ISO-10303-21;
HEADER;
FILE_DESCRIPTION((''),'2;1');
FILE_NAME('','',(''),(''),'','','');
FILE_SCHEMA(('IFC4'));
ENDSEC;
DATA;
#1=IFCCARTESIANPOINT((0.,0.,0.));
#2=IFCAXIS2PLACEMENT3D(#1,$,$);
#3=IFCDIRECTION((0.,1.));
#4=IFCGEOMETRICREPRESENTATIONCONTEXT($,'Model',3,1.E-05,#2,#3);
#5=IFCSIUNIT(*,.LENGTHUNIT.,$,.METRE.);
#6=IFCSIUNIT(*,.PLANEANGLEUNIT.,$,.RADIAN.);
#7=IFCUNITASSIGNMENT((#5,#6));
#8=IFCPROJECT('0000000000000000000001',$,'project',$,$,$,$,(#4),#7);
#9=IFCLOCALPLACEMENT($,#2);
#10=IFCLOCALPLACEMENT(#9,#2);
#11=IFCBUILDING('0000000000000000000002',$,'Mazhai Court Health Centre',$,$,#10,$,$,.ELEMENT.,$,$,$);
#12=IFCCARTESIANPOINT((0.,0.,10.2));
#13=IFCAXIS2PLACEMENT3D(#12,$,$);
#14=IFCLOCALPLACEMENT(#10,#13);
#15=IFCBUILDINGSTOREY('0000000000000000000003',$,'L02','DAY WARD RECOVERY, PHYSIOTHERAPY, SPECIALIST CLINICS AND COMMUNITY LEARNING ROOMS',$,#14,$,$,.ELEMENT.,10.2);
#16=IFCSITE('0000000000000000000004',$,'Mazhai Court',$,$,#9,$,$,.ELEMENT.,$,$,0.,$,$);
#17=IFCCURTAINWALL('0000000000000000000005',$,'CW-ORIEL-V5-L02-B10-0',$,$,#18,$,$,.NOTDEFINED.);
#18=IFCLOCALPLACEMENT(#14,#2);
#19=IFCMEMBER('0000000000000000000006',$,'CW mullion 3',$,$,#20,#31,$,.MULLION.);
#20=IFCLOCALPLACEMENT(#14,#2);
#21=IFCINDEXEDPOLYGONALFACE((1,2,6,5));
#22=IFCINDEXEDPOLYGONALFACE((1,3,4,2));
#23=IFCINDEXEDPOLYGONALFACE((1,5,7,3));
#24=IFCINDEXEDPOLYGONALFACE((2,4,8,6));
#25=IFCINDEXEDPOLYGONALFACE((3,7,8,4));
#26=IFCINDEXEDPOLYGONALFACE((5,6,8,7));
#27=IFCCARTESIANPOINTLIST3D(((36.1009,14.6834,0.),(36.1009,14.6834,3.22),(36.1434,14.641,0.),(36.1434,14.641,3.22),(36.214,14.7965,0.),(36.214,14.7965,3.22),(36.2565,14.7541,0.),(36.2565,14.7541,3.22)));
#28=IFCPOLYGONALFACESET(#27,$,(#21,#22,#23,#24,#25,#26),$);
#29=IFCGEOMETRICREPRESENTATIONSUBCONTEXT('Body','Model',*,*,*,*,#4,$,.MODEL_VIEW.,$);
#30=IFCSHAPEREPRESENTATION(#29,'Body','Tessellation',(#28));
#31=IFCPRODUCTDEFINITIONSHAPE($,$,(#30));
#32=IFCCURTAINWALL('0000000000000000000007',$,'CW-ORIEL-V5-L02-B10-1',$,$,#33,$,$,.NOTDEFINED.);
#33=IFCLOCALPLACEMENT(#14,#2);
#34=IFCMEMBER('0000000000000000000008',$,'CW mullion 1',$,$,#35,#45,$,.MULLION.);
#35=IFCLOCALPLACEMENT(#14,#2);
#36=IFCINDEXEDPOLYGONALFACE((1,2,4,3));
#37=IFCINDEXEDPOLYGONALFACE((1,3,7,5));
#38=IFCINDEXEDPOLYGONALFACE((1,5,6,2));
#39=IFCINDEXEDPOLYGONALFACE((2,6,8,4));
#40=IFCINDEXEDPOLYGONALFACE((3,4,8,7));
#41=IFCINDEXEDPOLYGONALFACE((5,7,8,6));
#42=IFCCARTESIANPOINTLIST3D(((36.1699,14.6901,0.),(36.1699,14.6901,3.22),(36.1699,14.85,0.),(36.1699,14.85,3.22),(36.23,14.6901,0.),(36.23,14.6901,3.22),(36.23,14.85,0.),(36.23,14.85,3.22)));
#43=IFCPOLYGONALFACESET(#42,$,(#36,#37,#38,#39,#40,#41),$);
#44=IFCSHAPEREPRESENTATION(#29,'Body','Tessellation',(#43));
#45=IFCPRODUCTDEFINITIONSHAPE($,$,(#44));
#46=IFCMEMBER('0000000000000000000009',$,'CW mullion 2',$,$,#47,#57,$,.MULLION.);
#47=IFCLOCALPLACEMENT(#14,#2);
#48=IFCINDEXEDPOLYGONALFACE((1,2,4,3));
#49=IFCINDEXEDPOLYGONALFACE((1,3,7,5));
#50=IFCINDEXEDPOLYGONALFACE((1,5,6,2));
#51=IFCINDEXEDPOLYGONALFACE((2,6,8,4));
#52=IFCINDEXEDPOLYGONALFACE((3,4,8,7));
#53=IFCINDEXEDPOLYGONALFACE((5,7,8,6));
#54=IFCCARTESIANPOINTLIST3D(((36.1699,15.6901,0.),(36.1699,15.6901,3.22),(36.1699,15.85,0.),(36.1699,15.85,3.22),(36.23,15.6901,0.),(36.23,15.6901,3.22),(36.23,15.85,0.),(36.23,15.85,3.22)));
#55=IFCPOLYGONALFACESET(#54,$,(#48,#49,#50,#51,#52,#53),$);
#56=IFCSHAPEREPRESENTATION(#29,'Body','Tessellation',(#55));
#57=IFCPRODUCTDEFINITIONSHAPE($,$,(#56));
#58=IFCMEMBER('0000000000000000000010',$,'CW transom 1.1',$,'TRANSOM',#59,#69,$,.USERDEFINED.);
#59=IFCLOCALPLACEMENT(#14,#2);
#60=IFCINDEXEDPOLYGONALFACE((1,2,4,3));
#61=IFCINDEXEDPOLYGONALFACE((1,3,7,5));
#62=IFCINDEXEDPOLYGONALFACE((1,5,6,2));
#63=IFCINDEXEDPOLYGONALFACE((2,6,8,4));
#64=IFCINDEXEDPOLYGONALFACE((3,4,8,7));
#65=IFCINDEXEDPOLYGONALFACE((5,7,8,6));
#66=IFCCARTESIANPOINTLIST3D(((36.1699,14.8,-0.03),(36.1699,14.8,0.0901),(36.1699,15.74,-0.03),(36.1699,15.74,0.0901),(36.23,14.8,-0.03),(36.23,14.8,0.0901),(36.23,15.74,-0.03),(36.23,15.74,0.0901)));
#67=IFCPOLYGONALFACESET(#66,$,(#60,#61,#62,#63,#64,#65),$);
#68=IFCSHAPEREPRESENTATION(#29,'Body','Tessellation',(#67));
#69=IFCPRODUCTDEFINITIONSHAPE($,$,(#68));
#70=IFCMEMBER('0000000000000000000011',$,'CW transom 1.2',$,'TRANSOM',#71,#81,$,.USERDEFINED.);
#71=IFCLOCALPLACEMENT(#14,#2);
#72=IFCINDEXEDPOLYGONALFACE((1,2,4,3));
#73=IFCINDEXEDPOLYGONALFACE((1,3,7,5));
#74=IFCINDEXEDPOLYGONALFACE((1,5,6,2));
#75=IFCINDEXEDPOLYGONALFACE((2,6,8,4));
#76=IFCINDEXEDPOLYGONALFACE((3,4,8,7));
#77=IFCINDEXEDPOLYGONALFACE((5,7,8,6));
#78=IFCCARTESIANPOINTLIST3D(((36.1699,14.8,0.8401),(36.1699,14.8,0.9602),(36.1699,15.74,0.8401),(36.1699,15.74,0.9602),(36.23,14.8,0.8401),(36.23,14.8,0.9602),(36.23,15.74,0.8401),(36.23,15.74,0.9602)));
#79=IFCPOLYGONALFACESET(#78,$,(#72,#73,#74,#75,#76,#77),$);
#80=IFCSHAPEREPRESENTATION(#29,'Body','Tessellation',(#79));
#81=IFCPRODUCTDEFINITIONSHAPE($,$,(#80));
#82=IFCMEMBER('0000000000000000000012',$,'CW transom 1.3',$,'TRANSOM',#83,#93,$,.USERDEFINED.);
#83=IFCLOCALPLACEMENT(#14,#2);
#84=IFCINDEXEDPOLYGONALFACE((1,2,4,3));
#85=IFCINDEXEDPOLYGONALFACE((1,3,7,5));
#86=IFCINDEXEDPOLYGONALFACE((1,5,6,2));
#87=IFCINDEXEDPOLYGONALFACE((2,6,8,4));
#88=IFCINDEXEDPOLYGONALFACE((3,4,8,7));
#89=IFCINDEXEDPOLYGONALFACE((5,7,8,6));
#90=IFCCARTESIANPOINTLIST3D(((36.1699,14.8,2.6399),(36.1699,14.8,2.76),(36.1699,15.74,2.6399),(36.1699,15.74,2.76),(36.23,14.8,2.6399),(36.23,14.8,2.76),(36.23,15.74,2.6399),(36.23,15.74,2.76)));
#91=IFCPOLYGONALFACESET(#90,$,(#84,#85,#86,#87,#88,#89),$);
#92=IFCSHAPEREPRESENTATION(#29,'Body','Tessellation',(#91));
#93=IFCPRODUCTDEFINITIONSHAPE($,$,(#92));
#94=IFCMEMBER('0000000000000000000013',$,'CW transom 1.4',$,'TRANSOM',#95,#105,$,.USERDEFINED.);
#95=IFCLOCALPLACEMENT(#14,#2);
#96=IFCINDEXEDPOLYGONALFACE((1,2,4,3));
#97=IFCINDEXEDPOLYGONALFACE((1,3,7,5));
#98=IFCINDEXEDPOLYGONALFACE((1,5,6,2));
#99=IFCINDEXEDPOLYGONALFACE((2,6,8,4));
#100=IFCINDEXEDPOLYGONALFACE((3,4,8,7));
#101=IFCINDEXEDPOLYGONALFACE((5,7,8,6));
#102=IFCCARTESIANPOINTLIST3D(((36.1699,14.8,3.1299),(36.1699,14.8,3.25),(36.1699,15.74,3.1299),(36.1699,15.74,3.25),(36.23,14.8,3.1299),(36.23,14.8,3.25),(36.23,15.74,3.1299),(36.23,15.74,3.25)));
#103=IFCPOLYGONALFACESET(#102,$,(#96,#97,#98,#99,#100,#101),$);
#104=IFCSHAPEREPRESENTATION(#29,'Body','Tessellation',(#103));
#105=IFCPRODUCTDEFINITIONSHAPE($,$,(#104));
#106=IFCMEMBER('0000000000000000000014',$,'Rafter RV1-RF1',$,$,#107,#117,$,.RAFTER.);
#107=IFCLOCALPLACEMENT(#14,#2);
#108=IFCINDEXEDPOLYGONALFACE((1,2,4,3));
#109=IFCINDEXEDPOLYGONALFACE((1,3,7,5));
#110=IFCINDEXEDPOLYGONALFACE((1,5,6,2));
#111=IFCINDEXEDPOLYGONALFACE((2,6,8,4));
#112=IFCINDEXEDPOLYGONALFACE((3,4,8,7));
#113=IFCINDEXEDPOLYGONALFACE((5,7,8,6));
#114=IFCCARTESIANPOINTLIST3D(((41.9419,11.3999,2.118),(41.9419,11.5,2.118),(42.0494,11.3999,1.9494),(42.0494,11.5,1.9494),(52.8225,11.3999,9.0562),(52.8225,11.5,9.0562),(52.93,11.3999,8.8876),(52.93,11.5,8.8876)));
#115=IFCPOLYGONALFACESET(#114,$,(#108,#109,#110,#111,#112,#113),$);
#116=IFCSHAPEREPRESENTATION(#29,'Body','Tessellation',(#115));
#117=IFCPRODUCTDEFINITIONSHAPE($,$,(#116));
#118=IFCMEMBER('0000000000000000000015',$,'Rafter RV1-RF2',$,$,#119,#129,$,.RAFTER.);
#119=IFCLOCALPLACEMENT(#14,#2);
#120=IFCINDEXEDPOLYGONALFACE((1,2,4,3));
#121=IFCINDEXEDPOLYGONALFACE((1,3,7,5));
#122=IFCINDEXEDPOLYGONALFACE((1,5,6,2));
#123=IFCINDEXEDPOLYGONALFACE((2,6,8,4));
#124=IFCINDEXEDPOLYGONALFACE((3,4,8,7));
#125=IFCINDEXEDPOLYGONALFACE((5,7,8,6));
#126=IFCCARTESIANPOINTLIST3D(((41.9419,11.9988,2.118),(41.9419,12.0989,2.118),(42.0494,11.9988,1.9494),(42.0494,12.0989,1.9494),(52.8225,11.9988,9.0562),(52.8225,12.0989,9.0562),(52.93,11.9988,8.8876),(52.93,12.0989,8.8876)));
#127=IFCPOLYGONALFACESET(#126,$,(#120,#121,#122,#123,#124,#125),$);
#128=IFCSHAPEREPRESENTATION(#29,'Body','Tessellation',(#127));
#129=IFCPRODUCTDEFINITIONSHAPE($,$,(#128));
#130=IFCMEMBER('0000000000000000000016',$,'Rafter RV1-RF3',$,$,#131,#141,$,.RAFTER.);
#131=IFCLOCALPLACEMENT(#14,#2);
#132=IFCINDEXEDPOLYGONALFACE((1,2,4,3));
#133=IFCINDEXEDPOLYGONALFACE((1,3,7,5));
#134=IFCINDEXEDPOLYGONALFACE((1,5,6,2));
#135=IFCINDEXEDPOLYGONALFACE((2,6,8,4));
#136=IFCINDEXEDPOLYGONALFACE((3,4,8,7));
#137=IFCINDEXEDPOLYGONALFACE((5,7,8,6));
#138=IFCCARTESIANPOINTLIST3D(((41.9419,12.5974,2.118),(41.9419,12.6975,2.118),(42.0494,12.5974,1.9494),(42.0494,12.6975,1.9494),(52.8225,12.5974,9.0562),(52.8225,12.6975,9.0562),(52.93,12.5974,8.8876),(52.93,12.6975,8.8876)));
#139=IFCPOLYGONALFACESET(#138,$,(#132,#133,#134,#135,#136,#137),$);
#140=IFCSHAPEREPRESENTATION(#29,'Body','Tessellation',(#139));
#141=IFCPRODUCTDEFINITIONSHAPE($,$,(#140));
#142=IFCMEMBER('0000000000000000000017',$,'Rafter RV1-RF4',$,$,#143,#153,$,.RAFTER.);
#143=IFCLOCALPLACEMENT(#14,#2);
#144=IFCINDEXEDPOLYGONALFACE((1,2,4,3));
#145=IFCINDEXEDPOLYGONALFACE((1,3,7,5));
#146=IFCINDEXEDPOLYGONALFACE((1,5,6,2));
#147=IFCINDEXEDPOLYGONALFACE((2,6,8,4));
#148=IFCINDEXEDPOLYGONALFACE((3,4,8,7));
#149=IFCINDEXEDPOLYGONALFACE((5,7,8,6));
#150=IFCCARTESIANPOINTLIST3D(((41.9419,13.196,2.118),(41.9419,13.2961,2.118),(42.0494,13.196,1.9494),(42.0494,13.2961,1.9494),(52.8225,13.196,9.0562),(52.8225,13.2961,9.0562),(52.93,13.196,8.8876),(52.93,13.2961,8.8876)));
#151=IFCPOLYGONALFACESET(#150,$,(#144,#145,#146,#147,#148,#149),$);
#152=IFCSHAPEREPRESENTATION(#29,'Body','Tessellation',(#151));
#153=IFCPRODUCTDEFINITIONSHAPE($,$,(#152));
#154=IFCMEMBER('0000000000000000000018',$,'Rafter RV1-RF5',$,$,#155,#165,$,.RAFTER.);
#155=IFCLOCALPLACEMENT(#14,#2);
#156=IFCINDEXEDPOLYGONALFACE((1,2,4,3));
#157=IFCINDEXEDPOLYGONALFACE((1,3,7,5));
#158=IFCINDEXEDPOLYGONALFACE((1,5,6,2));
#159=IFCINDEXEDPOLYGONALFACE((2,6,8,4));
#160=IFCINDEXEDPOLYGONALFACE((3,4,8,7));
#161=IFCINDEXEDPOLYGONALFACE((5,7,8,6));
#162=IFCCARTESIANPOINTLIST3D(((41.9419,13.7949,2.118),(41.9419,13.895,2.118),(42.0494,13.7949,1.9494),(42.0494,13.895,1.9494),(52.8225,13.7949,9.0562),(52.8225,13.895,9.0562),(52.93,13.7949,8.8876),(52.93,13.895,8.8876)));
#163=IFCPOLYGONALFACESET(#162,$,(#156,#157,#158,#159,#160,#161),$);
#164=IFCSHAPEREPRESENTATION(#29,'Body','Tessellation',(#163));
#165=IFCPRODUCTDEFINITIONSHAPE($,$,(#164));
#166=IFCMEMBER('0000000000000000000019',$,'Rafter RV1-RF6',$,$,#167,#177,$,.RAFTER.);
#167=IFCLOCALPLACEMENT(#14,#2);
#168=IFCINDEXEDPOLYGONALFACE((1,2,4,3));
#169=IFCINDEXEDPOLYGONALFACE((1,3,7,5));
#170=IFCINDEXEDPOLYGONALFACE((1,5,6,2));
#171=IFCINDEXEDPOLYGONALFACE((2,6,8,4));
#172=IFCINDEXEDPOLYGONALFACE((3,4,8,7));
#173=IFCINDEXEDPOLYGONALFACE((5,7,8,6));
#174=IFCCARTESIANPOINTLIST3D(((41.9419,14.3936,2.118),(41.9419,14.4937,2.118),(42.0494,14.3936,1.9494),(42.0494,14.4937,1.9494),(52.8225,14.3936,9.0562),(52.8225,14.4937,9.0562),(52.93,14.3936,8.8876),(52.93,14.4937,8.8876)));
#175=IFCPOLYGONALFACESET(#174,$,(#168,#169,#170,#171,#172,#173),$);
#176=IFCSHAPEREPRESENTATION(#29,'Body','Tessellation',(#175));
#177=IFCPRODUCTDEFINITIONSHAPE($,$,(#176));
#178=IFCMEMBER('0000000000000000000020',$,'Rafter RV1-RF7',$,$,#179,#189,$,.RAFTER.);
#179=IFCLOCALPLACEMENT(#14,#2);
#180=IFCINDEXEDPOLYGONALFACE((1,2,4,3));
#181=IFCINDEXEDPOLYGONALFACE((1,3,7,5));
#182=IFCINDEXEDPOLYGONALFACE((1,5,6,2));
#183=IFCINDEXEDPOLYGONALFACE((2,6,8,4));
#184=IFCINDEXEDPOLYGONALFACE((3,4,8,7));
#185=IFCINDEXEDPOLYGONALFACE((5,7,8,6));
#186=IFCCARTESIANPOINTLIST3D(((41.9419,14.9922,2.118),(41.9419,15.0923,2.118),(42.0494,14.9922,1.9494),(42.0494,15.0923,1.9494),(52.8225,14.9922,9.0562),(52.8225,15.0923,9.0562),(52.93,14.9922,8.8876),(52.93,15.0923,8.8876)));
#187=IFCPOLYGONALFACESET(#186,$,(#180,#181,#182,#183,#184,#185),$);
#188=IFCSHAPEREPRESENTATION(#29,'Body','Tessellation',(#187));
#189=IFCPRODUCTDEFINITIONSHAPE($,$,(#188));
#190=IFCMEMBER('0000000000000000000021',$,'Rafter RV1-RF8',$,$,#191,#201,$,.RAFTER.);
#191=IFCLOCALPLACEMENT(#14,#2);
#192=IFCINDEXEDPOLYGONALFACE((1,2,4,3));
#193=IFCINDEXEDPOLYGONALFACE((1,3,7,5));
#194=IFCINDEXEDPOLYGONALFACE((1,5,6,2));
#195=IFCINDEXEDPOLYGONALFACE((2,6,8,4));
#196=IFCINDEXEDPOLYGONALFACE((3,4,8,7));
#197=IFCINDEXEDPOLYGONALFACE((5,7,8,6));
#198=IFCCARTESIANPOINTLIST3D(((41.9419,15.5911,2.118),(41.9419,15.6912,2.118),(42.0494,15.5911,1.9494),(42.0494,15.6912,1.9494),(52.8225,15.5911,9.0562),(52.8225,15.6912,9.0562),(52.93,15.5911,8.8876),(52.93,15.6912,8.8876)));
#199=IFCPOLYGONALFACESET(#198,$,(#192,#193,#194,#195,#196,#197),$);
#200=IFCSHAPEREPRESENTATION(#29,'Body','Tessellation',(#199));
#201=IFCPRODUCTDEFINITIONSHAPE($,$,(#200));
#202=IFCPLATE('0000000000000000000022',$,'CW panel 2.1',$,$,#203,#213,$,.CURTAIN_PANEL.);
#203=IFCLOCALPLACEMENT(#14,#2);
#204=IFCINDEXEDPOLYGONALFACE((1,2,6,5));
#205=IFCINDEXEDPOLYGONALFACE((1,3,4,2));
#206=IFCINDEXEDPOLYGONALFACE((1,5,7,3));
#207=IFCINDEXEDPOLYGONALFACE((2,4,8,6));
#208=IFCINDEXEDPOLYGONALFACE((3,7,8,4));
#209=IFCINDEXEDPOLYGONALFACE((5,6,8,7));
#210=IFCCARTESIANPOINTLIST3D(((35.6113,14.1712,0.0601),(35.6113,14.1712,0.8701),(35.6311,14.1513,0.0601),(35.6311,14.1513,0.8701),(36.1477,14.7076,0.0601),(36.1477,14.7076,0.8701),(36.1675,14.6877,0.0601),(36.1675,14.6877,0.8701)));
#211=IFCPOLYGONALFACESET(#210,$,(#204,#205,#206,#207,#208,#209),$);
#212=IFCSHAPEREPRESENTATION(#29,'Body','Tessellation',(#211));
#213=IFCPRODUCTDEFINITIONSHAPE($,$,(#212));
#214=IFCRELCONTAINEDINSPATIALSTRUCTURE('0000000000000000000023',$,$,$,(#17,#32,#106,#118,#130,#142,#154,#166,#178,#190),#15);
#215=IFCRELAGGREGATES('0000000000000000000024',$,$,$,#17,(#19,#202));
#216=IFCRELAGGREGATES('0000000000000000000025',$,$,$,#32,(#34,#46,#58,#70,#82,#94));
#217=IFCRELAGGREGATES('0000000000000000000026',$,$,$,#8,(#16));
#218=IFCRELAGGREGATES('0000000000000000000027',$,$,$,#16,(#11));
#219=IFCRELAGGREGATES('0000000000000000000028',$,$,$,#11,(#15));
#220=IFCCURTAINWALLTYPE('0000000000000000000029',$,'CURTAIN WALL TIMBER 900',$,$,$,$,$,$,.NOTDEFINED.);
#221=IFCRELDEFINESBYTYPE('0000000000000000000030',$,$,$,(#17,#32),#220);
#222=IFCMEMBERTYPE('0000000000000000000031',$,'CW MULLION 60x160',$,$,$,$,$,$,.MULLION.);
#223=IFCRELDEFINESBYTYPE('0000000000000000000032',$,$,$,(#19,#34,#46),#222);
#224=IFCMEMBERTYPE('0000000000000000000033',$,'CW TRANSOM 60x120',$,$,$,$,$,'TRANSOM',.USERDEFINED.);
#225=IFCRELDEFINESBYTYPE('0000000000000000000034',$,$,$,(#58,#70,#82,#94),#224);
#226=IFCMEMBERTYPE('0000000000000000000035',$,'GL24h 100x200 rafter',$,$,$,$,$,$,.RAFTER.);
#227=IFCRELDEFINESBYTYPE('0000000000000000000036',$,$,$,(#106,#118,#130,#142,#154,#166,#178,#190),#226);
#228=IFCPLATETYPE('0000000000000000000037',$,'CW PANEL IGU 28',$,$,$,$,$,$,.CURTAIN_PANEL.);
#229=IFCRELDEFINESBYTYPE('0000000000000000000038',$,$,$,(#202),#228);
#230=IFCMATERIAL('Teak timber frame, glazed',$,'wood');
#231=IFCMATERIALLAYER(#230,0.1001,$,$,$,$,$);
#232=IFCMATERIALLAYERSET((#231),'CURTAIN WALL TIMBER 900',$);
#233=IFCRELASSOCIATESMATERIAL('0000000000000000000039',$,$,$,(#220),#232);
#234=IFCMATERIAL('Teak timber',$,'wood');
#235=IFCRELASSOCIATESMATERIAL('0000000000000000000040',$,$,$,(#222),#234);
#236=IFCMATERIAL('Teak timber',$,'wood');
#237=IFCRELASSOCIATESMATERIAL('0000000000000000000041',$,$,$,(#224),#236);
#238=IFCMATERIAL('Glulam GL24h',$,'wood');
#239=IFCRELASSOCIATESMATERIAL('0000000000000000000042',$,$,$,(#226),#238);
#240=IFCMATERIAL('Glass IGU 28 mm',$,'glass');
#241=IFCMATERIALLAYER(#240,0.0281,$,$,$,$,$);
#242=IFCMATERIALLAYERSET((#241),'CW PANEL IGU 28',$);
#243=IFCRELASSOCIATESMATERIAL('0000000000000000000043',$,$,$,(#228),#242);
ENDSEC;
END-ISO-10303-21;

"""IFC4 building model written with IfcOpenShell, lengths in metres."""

from ifc_helpers import new_model, si_unit, direction, frame, origin, origin_2d, place, context, subcontext, project, spatial, rectangle, extrude, material, layer, layer_set, material_profile, profile_set, type_object, element, aggregate, save


model = new_model("IFC4")

# Units and contexts
model_context = context("Model", 3, precision=1e-05, world=origin(), true_north=direction((0.0, 1.0)))
body_context = subcontext(model_context, "Body", "Model", "MODEL_VIEW")
ifc_project = project(units=[si_unit("LENGTHUNIT", "METRE"), si_unit("PLANEANGLEUNIT", "RADIAN")], contexts=[model_context])

# Site, building, storey
site_placement = place(None, origin())
site = spatial("IfcSite", under=ifc_project, at=site_placement, Name="Mazhai Court", CompositionType="ELEMENT", RefElevation=0.0)
building_placement = place(site_placement, origin())
building = spatial("IfcBuilding", under=site, at=building_placement, Name="Mazhai Court Health Centre", CompositionType="ELEMENT")
storey_placement = place(building_placement, frame((0.0, 0.0, 10.2)))
storey = spatial("IfcBuildingStorey", under=building, at=storey_placement, Name="L02", Description="DAY WARD RECOVERY, PHYSIOTHERAPY, SPECIALIST CLINICS AND COMMUNITY LEARNING ROOMS", CompositionType="ELEMENT", Elevation=10.2)

# Curtain wall, member
ifc_material_1 = material(Name="Teak timber frame, glazed", Category="wood")
ifc_layer_1 = layer(ifc_material_1, 0.1001)
ifc_layer_set_1 = layer_set([ifc_layer_1], Name="CURTAIN WALL TIMBER 900")
curtain_wall_type = type_object("IfcCurtainWallType", Name="CURTAIN WALL TIMBER 900", PredefinedType="NOTDEFINED", material=ifc_layer_set_1)
curtain_wall_1_placement = place(storey_placement, origin())
curtain_wall_1 = element("IfcCurtainWall", 1, at=curtain_wall_1_placement, inside=storey, type_object=curtain_wall_type, Name="CW-ORIEL-V5-L02-B10-0", PredefinedType="NOTDEFINED")
ifc_material_2 = material(Name="Teak timber", Category="wood")
ifc_material_profile_1 = material_profile(ifc_material_2, rectangle(XDim=0.0601, YDim=0.1599, at=origin_2d()), Name="CW MULLION 60x160")
ifc_profile_set_1 = profile_set([ifc_material_profile_1], Name="Teak timber")
member_type_1 = type_object("IfcMemberType", Name="CW MULLION 60x160", PredefinedType="MULLION", material=ifc_profile_set_1)
member_1_placement = place(storey_placement, frame((36.1787, 14.7188, 0.0), z_axis=(0.0, 0.0, 1.0), x_axis=(-0.707107, 0.707107, 0.0)))
member_1 = element("IfcMember", 2, at=member_1_placement, type_object=member_type_1, Name="CW mullion 3", PredefinedType="MULLION", context=body_context, shape_type="SweptSolid", body=[
    extrude(rectangle(XDim=0.0601, YDim=0.1599, at=origin_2d()), origin(), (0.0, 0.0, 1.0), 3.22),
])

# Curtain wall, members
curtain_wall_2_placement = place(storey_placement, origin())
curtain_wall_2 = element("IfcCurtainWall", 3, at=curtain_wall_2_placement, inside=storey, type_object=curtain_wall_type, Name="CW-ORIEL-V5-L02-B10-1", PredefinedType="NOTDEFINED")
member_2_placement = place(storey_placement, frame((36.2, 14.77, 0.0), z_axis=(0.0, 0.0, 1.0), x_axis=(-1.0, 0.0, 0.0)))
member_2 = element("IfcMember", 4, at=member_2_placement, type_object=member_type_1, Name="CW mullion 1", PredefinedType="MULLION", context=body_context, shape_type="SweptSolid", body=[
    extrude(rectangle(XDim=0.0601, YDim=0.1599, at=origin_2d()), origin(), (0.0, 0.0, 1.0), 3.22),
])
member_3_placement = place(storey_placement, frame((36.2, 15.77, 0.0), z_axis=(0.0, 0.0, 1.0), x_axis=(-1.0, 0.0, 0.0)))
member_3 = element("IfcMember", 5, at=member_3_placement, type_object=member_type_1, Name="CW mullion 2", PredefinedType="MULLION", context=body_context, shape_type="SweptSolid", body=[
    extrude(rectangle(XDim=0.0601, YDim=0.1599, at=origin_2d()), origin(), (0.0, 0.0, 1.0), 3.22),
])
ifc_material_3 = material(Name="Teak timber", Category="wood")
ifc_material_profile_2 = material_profile(ifc_material_3, rectangle(XDim=0.0601, YDim=0.1201, at=origin_2d()), Name="CW TRANSOM 60x120")
ifc_profile_set_2 = profile_set([ifc_material_profile_2], Name="Teak timber")
member_type_2 = type_object("IfcMemberType", Name="CW TRANSOM 60x120", ElementType="TRANSOM", PredefinedType="USERDEFINED", material=ifc_profile_set_2)
member_4_placement = place(storey_placement, frame((36.2, 14.8, 0.03), z_axis=(0.0, 1.0, 0.0), x_axis=(-1.0, 0.0, 0.0)))
member_4 = element("IfcMember", 6, at=member_4_placement, type_object=member_type_2, Name="CW transom 1.1", ObjectType="TRANSOM", PredefinedType="USERDEFINED", context=body_context, shape_type="SweptSolid", body=[
    extrude(rectangle(XDim=0.0601, YDim=0.1201, at=origin_2d()), origin(), (0.0, 0.0, 1.0), 0.9399),
])
member_5_placement = place(storey_placement, frame((36.2, 14.8, 0.9001), z_axis=(0.0, 1.0, 0.0), x_axis=(-1.0, 0.0, 0.0)))
member_5 = element("IfcMember", 7, at=member_5_placement, type_object=member_type_2, Name="CW transom 1.2", ObjectType="TRANSOM", PredefinedType="USERDEFINED", context=body_context, shape_type="SweptSolid", body=[
    extrude(rectangle(XDim=0.0601, YDim=0.1201, at=origin_2d()), origin(), (0.0, 0.0, 1.0), 0.9399),
])
member_6_placement = place(storey_placement, frame((36.2, 14.8, 2.7), z_axis=(0.0, 1.0, 0.0), x_axis=(-1.0, 0.0, 0.0)))
member_6 = element("IfcMember", 8, at=member_6_placement, type_object=member_type_2, Name="CW transom 1.3", ObjectType="TRANSOM", PredefinedType="USERDEFINED", context=body_context, shape_type="SweptSolid", body=[
    extrude(rectangle(XDim=0.0601, YDim=0.1201, at=origin_2d()), origin(), (0.0, 0.0, 1.0), 0.9399),
])
member_7_placement = place(storey_placement, frame((36.2, 14.8, 3.1899), z_axis=(0.0, 1.0, 0.0), x_axis=(-1.0, 0.0, 0.0)))
member_7 = element("IfcMember", 9, at=member_7_placement, type_object=member_type_2, Name="CW transom 1.4", ObjectType="TRANSOM", PredefinedType="USERDEFINED", context=body_context, shape_type="SweptSolid", body=[
    extrude(rectangle(XDim=0.0601, YDim=0.1201, at=origin_2d()), origin(), (0.0, 0.0, 1.0), 0.9399),
])

# Members
ifc_material_4 = material(Name="Glulam GL24h", Category="wood")
ifc_material_profile_3 = material_profile(ifc_material_4, rectangle(XDim=0.1001, YDim=0.2, at=origin_2d()), Name="GL24h 100x200")
ifc_profile_set_3 = profile_set([ifc_material_profile_3], Name="Glulam GL24h")
member_type_3 = type_object("IfcMemberType", Name="GL24h 100x200 rafter", PredefinedType="RAFTER", material=ifc_profile_set_3)
for number, where, z_axis, x_axis, name in (
    (10, (41.9956, 11.45, 2.0337), (0.843163, 0.0, 0.537659), (0.0, 1.0, 0.0), "Rafter RV1-RF1"),
    (11, (41.9956, 12.0488, 2.0337), (0.843163, 0.0, 0.537659), (0.0, 1.0, 0.0), "Rafter RV1-RF2"),
    (12, (41.9956, 12.6475, 2.0337), (0.843163, 0.0, 0.537659), (0.0, 1.0, 0.0), "Rafter RV1-RF3"),
    (13, (41.9956, 13.2461, 2.0337), (0.843163, 0.0, 0.537659), (0.0, 1.0, 0.0), "Rafter RV1-RF4"),
    (14, (41.9956, 13.845, 2.0337), (0.843163, 0.0, 0.537659), (0.0, 1.0, 0.0), "Rafter RV1-RF5"),
    (15, (41.9956, 14.4436, 2.0337), (0.843163, 0.0, 0.537659), (0.0, 1.0, 0.0), "Rafter RV1-RF6"),
    (16, (41.9956, 15.0422, 2.0337), (0.843163, 0.0, 0.537659), (0.0, 1.0, 0.0), "Rafter RV1-RF7"),
    (17, (41.9956, 15.6411, 2.0337), (0.843163, 0.0, 0.537659), (0.0, 1.0, 0.0), "Rafter RV1-RF8"),
):
    element("IfcMember", number, at=place(storey_placement, frame(where, z_axis=z_axis, x_axis=x_axis)), inside=storey, type_object=member_type_3, Name=name, PredefinedType="RAFTER", context=body_context, shape_type="SweptSolid", body=[
        extrude(rectangle(XDim=0.1001, YDim=0.2, at=origin_2d()), origin(), (0.0, 0.0, 1.0), 12.9045),
    ])

# Plate
ifc_material_5 = material(Name="Glass IGU 28 mm", Category="glass")
ifc_layer_2 = layer(ifc_material_5, 0.0281)
ifc_layer_set_2 = layer_set([ifc_layer_2], Name="CW PANEL IGU 28")
plate_type = type_object("IfcPlateType", Name="CW PANEL IGU 28", PredefinedType="CURTAIN_PANEL", material=ifc_layer_set_2)
plate_1_placement = place(storey_placement, frame((35.8894, 14.4294, 0.0601), z_axis=(0.0, 0.0, 1.0), x_axis=(0.707107, 0.707107, 0.0)))
plate_1 = element("IfcPlate", 18, at=plate_1_placement, type_object=plate_type, Name="CW panel 2.1", PredefinedType="CURTAIN_PANEL", context=body_context, shape_type="SweptSolid", body=[
    extrude(rectangle(XDim=0.7585, YDim=0.0281, at=origin_2d()), origin(), (0.0, 0.0, 1.0), 0.8101),
])
aggregate(curtain_wall_1, [member_1, plate_1])
aggregate(curtain_wall_2, [member_2, member_3, member_4, member_5, member_6, member_7])

save(model, "model.ifc")
